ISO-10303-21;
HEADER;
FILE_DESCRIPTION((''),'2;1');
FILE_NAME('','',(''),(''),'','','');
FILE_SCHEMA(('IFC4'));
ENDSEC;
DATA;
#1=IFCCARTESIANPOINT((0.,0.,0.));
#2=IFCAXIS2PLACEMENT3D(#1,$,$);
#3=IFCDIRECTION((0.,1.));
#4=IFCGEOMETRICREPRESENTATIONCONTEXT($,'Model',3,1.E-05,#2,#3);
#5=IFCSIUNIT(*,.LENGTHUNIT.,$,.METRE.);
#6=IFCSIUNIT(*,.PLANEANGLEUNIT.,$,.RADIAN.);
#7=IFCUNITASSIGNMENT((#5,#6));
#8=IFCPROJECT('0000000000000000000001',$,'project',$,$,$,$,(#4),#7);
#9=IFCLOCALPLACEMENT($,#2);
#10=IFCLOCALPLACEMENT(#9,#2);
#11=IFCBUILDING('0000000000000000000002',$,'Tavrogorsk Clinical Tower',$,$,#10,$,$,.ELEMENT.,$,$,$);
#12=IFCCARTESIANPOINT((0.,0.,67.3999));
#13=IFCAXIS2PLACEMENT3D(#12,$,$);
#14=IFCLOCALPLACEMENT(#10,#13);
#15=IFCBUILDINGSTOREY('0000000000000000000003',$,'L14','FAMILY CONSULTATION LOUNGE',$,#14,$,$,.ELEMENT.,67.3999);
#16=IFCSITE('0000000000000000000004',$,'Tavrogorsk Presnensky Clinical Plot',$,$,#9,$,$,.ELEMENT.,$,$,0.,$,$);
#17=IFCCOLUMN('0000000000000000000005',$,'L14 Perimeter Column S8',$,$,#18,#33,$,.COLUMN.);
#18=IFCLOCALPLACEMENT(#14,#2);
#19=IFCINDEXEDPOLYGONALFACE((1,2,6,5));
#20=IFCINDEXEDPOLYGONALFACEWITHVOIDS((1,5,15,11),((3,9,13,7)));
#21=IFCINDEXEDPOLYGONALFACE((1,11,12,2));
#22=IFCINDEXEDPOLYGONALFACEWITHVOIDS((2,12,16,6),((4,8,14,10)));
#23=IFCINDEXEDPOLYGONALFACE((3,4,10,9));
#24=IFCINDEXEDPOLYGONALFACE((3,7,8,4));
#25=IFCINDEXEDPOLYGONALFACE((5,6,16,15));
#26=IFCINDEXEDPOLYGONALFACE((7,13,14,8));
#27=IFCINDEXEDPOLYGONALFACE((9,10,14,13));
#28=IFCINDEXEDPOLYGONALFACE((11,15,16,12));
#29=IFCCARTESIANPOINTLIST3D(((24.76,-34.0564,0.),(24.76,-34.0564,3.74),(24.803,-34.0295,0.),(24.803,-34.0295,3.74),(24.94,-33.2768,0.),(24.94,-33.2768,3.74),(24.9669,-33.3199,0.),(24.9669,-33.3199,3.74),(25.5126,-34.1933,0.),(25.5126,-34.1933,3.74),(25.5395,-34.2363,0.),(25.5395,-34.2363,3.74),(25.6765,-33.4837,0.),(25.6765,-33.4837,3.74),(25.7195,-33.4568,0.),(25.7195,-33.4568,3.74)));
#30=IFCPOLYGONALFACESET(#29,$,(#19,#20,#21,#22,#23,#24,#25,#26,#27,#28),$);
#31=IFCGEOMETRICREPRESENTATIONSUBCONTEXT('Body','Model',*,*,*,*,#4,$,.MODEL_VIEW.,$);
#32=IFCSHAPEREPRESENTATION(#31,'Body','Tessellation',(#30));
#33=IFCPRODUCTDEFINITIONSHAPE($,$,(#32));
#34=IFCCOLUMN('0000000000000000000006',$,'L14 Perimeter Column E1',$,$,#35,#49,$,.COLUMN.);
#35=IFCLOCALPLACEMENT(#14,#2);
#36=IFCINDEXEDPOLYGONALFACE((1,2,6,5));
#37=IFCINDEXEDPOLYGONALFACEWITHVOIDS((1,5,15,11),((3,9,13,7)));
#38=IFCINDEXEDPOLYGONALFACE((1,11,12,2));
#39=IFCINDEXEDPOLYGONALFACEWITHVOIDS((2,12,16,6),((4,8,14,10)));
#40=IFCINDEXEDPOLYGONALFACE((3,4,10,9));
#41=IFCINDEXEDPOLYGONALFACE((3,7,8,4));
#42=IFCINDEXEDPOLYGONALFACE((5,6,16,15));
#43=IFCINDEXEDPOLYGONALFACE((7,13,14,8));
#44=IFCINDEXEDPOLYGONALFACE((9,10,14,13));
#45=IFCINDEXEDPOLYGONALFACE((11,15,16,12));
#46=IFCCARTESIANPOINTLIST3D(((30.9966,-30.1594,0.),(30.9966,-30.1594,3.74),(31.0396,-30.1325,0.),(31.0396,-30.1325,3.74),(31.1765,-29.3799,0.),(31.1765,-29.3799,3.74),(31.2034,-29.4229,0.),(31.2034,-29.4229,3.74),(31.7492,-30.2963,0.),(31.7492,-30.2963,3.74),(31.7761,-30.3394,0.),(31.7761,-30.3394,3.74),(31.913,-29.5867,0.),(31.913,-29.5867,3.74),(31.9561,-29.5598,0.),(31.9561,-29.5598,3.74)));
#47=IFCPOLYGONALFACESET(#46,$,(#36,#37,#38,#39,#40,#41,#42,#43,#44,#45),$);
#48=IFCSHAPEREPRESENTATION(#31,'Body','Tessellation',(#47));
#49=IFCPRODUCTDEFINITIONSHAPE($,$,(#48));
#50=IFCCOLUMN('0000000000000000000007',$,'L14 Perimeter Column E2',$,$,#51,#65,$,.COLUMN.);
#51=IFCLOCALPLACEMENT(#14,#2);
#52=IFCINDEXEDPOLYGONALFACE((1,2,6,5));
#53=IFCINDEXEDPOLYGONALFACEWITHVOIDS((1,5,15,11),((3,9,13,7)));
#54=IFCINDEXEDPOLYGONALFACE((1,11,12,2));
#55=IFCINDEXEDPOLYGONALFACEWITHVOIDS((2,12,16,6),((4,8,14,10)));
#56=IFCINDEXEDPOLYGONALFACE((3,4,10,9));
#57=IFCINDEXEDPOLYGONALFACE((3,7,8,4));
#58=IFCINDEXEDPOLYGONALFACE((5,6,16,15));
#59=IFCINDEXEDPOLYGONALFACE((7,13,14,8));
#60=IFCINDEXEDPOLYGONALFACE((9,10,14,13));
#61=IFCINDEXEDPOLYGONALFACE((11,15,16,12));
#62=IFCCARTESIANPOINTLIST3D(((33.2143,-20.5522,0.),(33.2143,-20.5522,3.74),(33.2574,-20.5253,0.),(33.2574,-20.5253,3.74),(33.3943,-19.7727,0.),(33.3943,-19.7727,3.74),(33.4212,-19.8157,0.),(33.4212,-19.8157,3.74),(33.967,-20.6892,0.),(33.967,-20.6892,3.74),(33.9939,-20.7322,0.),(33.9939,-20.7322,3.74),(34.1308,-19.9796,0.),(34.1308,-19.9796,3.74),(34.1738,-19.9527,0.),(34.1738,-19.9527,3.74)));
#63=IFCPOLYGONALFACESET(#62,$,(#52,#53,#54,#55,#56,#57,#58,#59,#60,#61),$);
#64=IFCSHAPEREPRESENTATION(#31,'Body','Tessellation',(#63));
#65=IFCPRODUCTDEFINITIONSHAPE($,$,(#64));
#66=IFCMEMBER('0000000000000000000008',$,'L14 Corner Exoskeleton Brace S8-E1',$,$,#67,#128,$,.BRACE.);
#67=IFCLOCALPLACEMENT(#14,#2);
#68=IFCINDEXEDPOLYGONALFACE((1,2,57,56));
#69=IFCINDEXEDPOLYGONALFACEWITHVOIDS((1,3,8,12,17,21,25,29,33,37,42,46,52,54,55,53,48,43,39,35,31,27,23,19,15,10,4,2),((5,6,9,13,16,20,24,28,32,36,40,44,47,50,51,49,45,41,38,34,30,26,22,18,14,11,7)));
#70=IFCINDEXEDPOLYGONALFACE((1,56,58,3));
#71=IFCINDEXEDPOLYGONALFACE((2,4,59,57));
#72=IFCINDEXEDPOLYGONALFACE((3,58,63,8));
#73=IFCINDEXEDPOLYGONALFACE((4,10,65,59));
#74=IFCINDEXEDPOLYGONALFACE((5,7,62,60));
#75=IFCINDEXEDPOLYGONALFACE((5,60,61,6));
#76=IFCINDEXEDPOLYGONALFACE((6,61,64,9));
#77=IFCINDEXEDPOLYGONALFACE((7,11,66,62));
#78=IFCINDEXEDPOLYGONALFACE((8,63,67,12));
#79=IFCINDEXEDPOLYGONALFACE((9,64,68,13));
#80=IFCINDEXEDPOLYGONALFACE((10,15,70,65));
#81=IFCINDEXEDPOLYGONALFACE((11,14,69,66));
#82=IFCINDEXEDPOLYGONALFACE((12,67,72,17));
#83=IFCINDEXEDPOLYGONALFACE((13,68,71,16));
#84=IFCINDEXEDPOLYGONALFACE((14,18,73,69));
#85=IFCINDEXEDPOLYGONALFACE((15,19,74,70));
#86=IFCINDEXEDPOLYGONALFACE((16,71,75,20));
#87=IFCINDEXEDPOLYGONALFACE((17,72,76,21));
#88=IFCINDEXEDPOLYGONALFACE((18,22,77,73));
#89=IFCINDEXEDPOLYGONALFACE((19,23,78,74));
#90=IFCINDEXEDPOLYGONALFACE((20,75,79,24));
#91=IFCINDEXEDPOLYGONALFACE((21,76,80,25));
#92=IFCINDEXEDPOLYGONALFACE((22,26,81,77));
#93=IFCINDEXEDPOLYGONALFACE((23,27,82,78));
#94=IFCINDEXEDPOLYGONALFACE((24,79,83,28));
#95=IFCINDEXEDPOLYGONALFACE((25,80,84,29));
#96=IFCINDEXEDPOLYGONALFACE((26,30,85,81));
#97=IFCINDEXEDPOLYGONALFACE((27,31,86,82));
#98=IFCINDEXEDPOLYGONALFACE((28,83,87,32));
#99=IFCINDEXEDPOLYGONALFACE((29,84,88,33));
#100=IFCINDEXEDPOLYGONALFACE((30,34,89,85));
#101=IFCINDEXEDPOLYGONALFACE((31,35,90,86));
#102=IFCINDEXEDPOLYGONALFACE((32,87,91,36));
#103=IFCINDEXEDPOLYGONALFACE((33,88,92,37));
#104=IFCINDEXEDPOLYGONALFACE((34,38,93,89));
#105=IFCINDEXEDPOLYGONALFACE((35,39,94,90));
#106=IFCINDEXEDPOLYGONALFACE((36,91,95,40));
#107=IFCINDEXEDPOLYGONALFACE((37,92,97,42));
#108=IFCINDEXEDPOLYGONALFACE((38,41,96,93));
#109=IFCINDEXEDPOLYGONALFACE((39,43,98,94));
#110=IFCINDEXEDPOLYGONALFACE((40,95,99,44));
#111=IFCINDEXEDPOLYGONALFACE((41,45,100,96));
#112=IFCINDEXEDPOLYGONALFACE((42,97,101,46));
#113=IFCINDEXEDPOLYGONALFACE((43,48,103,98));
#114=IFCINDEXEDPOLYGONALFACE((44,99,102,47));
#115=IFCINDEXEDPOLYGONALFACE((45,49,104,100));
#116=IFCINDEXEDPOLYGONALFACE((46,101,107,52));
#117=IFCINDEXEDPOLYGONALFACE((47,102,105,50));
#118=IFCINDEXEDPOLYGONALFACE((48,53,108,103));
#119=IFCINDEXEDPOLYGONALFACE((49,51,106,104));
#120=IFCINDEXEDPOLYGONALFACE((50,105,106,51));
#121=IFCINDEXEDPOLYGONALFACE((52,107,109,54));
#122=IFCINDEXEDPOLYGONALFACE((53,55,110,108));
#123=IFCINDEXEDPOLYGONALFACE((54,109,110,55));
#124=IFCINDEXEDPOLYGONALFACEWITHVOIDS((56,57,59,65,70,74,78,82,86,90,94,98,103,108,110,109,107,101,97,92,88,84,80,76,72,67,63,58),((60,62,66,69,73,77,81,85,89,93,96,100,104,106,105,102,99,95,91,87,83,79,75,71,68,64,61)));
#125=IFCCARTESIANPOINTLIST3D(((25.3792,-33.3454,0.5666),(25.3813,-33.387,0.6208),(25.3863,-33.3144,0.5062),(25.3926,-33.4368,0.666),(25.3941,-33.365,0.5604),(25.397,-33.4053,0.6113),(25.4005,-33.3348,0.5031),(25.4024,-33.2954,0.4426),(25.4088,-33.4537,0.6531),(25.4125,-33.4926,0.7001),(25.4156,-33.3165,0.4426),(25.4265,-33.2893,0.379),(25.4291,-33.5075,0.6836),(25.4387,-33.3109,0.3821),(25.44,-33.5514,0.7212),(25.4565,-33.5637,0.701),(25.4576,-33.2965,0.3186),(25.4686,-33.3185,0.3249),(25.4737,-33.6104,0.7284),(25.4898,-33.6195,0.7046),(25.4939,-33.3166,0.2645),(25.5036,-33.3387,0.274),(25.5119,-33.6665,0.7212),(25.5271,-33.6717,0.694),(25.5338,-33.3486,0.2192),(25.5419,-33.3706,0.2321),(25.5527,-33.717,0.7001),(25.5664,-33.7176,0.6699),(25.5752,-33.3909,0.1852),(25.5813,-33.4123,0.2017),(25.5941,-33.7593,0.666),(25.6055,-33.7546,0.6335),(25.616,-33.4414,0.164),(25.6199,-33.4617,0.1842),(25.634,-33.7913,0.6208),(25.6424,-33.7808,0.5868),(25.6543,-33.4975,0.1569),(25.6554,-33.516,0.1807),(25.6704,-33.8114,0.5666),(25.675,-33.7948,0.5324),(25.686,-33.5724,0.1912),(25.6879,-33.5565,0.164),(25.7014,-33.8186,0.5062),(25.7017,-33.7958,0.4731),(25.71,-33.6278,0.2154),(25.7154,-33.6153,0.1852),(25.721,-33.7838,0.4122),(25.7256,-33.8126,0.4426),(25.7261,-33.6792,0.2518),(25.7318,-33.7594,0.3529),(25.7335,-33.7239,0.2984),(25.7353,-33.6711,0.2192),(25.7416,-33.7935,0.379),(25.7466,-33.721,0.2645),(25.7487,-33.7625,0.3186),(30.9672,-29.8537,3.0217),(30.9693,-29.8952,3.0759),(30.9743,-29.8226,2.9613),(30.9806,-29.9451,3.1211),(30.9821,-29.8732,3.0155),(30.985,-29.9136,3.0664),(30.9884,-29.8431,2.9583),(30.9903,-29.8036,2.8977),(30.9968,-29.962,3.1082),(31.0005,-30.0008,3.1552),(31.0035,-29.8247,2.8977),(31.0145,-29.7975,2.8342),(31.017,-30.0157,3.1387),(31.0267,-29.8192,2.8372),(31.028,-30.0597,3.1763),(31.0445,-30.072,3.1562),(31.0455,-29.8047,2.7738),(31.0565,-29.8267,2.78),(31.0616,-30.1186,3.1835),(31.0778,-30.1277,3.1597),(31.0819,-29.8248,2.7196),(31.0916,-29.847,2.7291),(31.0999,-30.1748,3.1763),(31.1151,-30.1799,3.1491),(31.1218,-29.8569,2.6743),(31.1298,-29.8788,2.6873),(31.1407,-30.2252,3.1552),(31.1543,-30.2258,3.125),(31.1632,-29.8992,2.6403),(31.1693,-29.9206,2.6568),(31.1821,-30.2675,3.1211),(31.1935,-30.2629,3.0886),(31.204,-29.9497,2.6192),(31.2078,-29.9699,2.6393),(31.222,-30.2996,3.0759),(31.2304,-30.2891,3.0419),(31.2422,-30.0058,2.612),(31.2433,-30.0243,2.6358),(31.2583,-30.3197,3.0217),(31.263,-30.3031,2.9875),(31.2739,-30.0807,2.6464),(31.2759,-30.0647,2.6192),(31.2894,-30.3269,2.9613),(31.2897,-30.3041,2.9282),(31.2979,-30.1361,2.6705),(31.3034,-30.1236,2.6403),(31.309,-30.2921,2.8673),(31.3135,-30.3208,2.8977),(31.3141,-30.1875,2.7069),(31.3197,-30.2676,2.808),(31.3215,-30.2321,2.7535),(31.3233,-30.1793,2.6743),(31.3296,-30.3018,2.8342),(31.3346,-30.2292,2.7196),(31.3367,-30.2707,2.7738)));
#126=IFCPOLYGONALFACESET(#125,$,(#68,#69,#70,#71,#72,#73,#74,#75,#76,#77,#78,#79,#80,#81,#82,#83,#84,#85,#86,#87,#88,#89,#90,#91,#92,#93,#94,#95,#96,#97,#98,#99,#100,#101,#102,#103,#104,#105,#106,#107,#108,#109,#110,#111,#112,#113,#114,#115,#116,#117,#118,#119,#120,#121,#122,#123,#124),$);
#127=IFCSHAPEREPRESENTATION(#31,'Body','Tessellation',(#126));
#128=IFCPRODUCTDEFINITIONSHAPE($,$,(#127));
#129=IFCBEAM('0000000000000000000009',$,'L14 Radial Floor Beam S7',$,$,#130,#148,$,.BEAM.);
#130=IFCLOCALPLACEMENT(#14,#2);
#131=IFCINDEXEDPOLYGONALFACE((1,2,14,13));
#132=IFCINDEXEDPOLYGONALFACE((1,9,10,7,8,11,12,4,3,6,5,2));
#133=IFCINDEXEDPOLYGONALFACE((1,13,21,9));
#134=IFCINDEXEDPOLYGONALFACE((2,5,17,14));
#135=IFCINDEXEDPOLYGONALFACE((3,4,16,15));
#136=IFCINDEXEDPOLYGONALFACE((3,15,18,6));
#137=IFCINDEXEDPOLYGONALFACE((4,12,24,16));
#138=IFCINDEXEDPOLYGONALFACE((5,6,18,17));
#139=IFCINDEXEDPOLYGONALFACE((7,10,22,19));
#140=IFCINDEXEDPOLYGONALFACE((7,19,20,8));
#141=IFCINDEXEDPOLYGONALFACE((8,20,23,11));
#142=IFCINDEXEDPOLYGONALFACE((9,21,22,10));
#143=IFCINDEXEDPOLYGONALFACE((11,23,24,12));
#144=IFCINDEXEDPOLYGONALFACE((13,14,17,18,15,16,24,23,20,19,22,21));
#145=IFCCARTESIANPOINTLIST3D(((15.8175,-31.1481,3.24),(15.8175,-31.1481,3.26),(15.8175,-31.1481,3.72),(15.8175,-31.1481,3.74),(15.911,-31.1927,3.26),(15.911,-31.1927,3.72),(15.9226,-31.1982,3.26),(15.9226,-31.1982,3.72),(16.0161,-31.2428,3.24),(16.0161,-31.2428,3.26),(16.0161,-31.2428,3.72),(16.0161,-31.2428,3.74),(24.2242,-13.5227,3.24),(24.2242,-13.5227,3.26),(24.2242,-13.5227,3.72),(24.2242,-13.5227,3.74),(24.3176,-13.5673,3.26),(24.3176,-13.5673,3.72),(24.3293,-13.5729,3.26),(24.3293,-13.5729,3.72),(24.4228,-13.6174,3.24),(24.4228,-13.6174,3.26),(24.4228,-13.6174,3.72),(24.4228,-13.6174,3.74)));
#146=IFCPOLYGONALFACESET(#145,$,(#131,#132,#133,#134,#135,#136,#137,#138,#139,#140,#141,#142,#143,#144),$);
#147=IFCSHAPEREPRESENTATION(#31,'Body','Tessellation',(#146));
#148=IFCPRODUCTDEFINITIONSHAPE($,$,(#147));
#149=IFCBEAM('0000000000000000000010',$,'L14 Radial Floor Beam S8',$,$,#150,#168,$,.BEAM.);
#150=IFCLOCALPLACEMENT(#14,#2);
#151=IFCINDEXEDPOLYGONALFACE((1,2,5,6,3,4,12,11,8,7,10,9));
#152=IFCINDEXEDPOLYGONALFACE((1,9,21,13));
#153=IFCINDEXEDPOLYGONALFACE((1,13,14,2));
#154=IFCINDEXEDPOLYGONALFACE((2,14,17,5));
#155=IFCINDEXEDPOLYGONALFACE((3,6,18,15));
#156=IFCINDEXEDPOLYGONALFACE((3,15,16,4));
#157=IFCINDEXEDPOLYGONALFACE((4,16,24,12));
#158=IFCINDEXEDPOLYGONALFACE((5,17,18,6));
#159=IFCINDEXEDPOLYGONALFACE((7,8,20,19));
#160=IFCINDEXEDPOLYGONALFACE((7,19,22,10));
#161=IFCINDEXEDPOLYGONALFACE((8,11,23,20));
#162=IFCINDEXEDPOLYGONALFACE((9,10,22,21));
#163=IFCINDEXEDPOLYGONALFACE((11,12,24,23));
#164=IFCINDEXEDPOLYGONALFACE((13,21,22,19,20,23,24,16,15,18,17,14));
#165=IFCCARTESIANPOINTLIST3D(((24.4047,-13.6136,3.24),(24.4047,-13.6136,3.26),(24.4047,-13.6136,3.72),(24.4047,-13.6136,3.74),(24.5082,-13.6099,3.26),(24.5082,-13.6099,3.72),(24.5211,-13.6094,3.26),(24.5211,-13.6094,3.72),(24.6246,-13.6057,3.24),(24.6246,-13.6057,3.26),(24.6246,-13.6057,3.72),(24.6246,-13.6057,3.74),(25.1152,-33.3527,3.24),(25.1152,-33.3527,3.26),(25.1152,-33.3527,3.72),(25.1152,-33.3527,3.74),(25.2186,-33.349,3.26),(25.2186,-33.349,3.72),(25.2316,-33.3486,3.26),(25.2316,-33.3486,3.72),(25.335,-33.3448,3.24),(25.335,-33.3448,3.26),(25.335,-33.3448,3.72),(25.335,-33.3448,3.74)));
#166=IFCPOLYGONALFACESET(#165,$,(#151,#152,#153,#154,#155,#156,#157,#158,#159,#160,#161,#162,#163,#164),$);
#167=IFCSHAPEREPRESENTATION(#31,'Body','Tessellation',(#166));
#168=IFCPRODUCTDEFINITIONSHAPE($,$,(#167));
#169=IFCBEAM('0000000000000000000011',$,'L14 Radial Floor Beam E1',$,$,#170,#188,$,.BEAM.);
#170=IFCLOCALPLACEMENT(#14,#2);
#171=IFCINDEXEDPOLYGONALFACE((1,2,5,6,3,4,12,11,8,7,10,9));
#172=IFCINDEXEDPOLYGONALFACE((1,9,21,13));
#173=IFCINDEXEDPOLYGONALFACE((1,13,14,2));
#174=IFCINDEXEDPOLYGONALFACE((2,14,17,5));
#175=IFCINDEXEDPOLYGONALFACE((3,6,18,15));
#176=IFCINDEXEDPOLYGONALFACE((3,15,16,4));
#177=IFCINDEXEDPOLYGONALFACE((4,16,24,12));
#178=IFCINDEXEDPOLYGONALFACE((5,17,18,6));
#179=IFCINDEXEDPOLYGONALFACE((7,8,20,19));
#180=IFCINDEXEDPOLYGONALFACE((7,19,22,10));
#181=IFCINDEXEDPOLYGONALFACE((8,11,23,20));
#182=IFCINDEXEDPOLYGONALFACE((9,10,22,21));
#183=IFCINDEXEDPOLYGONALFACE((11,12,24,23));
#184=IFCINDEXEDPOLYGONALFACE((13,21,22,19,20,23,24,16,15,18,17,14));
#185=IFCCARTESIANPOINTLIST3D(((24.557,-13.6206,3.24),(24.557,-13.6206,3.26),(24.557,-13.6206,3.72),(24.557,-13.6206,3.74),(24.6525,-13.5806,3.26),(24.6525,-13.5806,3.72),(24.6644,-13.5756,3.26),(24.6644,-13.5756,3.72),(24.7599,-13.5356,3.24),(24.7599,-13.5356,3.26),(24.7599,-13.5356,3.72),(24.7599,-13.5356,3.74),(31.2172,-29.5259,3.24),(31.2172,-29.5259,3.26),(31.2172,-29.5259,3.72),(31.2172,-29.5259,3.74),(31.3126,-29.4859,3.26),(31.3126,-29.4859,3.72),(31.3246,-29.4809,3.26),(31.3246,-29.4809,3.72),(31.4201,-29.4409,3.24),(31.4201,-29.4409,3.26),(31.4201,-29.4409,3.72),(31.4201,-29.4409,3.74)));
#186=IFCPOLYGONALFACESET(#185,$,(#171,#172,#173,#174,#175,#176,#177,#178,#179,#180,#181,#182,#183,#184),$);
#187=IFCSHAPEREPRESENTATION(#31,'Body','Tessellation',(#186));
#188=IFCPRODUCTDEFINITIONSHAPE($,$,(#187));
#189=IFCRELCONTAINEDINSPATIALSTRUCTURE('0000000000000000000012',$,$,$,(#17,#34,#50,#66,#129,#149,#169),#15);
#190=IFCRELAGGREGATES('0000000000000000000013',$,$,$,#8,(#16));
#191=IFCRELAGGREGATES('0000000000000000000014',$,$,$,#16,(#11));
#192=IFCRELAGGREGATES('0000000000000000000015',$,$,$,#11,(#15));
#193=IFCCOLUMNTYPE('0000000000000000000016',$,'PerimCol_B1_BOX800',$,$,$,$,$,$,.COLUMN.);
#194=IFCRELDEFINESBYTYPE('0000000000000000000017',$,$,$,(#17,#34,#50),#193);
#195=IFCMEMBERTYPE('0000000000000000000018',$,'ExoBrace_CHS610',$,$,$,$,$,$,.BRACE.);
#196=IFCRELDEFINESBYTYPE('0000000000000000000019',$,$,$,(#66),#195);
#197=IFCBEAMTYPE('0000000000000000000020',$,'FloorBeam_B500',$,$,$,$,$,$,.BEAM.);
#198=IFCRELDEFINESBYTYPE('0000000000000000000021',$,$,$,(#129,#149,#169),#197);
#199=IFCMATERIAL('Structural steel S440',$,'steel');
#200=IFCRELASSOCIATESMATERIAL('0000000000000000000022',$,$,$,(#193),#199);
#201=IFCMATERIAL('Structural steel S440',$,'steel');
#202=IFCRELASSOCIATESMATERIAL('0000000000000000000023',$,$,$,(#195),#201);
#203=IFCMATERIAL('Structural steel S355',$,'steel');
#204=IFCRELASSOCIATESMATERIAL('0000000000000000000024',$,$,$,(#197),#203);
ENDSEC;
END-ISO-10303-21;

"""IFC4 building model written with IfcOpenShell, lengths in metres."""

from ifc_helpers import new_model, si_unit, direction, frame, origin, origin_2d, place, context, subcontext, project, spatial, hollow_rectangle, hollow_circle, i_section, extrude, material, material_profile, profile_set, type_object, element, save


model = new_model("IFC4")

# Units and contexts
model_context = context("Model", 3, precision=1e-05, world=origin(), true_north=direction((0.0, 1.0)))
body_context = subcontext(model_context, "Body", "Model", "MODEL_VIEW")
ifc_project = project(units=[si_unit("LENGTHUNIT", "METRE"), si_unit("PLANEANGLEUNIT", "RADIAN")], contexts=[model_context])

# Site, building, storey
site_placement = place(None, origin())
site = spatial("IfcSite", under=ifc_project, at=site_placement, Name="Tavrogorsk Presnensky Clinical Plot", CompositionType="ELEMENT", RefElevation=0.0)
building_placement = place(site_placement, origin())
building = spatial("IfcBuilding", under=site, at=building_placement, Name="Tavrogorsk Clinical Tower", CompositionType="ELEMENT")
storey_placement = place(building_placement, frame((0.0, 0.0, 67.3999)))
storey = spatial("IfcBuildingStorey", under=building, at=storey_placement, Name="L14", Description="FAMILY CONSULTATION LOUNGE", CompositionType="ELEMENT", Elevation=67.3999)

# Columns
ifc_material_1 = material(Name="Structural steel S440", Category="steel")
ifc_material_profile_1 = material_profile(ifc_material_1, hollow_rectangle(XDim=0.8, YDim=0.8, WallThickness=0.0359, at=origin_2d()), Name="BOX-800x800x36")
ifc_profile_set_1 = profile_set([ifc_material_profile_1], Name="Structural steel S440")
column_type = type_object("IfcColumnType", Name="PerimCol_B1_BOX800", PredefinedType="COLUMN", material=ifc_profile_set_1)
for number, where, z_axis, x_axis, name in (
    (1, (25.2397, -33.7566, 0.0), (0.0, 0.0, 1.0), (0.97437, -0.224951, 0.0), "L14 Perimeter Column S8"),
    (2, (31.4763, -29.8596, 0.0), (0.0, 0.0, 1.0), (0.97437, -0.224951, 0.0), "L14 Perimeter Column E1"),
    (3, (33.6941, -20.2524, 0.0), (0.0, 0.0, 1.0), (0.97437, -0.224951, 0.0), "L14 Perimeter Column E2"),
):
    element("IfcColumn", number, at=place(storey_placement, frame(where, z_axis=z_axis, x_axis=x_axis)), inside=storey, type_object=column_type, Name=name, PredefinedType="COLUMN", context=body_context, shape_type="SweptSolid", body=[
        extrude(hollow_rectangle(XDim=0.8, YDim=0.8, WallThickness=0.0359, at=origin_2d()), origin(), (0.0, 0.0, 1.0), 3.74),
    ])

# Member
ifc_material_2 = material(Name="Structural steel S440", Category="steel")
ifc_material_profile_2 = material_profile(ifc_material_2, hollow_circle(Radius=0.3049, WallThickness=0.0249, at=origin_2d()), Name="CHS-610x25")
ifc_profile_set_2 = profile_set([ifc_material_profile_2], Name="Structural steel S440")
member_type_1 = type_object("IfcMemberType", Name="ExoBrace_CHS610", PredefinedType="BRACE", material=ifc_profile_set_2)
member_1_placement = place(storey_placement, frame((25.564, -33.554, 0.4426), z_axis=(0.794679, 0.49657, 0.349148), x_axis=(-0.529919, 0.848048, 0.0)))
element("IfcMember", 4, at=member_1_placement, inside=storey, type_object=member_type_1, Name="L14 Corner Exoskeleton Brace S8-E1", PredefinedType="BRACE", context=body_context, shape_type="SweptSolid", body=[
    extrude(hollow_circle(Radius=0.3049, WallThickness=0.0249, at=origin_2d()), origin(), (0.0, 0.0, 1.0), 7.0317),
])

# Beams
ifc_material_3 = material(Name="Structural steel S355", Category="steel")
ifc_material_profile_3 = material_profile(ifc_material_3, i_section(OverallWidth=0.22, OverallDepth=0.5, WebThickness=0.0129, FlangeThickness=0.02, at=origin_2d()), Name="B-500x220x13x20")
ifc_profile_set_3 = profile_set([ifc_material_profile_3], Name="Structural steel S355")
beam_type_1 = type_object("IfcBeamType", Name="FloorBeam_B500", PredefinedType="BEAM", material=ifc_profile_set_3)
beam_1_placement = place(storey_placement, frame((24.3235, -13.5701, 3.49), z_axis=(-0.430503, -0.902589, 0.0), x_axis=(0.902589, -0.430503, 0.0)))
element("IfcBeam", 5, at=beam_1_placement, inside=storey, type_object=beam_type_1, Name="L14 Radial Floor Beam S7", PredefinedType="BEAM", context=body_context, shape_type="SweptSolid", body=[
    extrude(i_section(OverallWidth=0.22, OverallDepth=0.5, WebThickness=0.0129, FlangeThickness=0.02, at=origin_2d()), origin(), (0.0, 0.0, 1.0), 19.5276),
])
beam_2_placement = place(storey_placement, frame((24.5146, -13.6096, 3.49), z_axis=(0.035968, -0.999353, 0.0), x_axis=(0.999353, 0.035968, 0.0)))
element("IfcBeam", 6, at=beam_2_placement, inside=storey, type_object=beam_type_1, Name="L14 Radial Floor Beam S8", PredefinedType="BEAM", context=body_context, shape_type="SweptSolid", body=[
    extrude(i_section(OverallWidth=0.22, OverallDepth=0.5, WebThickness=0.0129, FlangeThickness=0.02, at=origin_2d()), origin(), (0.0, 0.0, 1.0), 19.752),
])
beam_3_placement = place(storey_placement, frame((24.6584, -13.5781, 3.49), z_axis=(0.386243, -0.922397, 0.0), x_axis=(0.922397, 0.386243, 0.0)))
element("IfcBeam", 7, at=beam_3_placement, inside=storey, type_object=beam_type_1, Name="L14 Radial Floor Beam E1", PredefinedType="BEAM", context=body_context, shape_type="SweptSolid", body=[
    extrude(i_section(OverallWidth=0.22, OverallDepth=0.5, WebThickness=0.0129, FlangeThickness=0.02, at=origin_2d()), origin(), (0.0, 0.0, 1.0), 17.2434),
])

save(model, "model.ifc")
